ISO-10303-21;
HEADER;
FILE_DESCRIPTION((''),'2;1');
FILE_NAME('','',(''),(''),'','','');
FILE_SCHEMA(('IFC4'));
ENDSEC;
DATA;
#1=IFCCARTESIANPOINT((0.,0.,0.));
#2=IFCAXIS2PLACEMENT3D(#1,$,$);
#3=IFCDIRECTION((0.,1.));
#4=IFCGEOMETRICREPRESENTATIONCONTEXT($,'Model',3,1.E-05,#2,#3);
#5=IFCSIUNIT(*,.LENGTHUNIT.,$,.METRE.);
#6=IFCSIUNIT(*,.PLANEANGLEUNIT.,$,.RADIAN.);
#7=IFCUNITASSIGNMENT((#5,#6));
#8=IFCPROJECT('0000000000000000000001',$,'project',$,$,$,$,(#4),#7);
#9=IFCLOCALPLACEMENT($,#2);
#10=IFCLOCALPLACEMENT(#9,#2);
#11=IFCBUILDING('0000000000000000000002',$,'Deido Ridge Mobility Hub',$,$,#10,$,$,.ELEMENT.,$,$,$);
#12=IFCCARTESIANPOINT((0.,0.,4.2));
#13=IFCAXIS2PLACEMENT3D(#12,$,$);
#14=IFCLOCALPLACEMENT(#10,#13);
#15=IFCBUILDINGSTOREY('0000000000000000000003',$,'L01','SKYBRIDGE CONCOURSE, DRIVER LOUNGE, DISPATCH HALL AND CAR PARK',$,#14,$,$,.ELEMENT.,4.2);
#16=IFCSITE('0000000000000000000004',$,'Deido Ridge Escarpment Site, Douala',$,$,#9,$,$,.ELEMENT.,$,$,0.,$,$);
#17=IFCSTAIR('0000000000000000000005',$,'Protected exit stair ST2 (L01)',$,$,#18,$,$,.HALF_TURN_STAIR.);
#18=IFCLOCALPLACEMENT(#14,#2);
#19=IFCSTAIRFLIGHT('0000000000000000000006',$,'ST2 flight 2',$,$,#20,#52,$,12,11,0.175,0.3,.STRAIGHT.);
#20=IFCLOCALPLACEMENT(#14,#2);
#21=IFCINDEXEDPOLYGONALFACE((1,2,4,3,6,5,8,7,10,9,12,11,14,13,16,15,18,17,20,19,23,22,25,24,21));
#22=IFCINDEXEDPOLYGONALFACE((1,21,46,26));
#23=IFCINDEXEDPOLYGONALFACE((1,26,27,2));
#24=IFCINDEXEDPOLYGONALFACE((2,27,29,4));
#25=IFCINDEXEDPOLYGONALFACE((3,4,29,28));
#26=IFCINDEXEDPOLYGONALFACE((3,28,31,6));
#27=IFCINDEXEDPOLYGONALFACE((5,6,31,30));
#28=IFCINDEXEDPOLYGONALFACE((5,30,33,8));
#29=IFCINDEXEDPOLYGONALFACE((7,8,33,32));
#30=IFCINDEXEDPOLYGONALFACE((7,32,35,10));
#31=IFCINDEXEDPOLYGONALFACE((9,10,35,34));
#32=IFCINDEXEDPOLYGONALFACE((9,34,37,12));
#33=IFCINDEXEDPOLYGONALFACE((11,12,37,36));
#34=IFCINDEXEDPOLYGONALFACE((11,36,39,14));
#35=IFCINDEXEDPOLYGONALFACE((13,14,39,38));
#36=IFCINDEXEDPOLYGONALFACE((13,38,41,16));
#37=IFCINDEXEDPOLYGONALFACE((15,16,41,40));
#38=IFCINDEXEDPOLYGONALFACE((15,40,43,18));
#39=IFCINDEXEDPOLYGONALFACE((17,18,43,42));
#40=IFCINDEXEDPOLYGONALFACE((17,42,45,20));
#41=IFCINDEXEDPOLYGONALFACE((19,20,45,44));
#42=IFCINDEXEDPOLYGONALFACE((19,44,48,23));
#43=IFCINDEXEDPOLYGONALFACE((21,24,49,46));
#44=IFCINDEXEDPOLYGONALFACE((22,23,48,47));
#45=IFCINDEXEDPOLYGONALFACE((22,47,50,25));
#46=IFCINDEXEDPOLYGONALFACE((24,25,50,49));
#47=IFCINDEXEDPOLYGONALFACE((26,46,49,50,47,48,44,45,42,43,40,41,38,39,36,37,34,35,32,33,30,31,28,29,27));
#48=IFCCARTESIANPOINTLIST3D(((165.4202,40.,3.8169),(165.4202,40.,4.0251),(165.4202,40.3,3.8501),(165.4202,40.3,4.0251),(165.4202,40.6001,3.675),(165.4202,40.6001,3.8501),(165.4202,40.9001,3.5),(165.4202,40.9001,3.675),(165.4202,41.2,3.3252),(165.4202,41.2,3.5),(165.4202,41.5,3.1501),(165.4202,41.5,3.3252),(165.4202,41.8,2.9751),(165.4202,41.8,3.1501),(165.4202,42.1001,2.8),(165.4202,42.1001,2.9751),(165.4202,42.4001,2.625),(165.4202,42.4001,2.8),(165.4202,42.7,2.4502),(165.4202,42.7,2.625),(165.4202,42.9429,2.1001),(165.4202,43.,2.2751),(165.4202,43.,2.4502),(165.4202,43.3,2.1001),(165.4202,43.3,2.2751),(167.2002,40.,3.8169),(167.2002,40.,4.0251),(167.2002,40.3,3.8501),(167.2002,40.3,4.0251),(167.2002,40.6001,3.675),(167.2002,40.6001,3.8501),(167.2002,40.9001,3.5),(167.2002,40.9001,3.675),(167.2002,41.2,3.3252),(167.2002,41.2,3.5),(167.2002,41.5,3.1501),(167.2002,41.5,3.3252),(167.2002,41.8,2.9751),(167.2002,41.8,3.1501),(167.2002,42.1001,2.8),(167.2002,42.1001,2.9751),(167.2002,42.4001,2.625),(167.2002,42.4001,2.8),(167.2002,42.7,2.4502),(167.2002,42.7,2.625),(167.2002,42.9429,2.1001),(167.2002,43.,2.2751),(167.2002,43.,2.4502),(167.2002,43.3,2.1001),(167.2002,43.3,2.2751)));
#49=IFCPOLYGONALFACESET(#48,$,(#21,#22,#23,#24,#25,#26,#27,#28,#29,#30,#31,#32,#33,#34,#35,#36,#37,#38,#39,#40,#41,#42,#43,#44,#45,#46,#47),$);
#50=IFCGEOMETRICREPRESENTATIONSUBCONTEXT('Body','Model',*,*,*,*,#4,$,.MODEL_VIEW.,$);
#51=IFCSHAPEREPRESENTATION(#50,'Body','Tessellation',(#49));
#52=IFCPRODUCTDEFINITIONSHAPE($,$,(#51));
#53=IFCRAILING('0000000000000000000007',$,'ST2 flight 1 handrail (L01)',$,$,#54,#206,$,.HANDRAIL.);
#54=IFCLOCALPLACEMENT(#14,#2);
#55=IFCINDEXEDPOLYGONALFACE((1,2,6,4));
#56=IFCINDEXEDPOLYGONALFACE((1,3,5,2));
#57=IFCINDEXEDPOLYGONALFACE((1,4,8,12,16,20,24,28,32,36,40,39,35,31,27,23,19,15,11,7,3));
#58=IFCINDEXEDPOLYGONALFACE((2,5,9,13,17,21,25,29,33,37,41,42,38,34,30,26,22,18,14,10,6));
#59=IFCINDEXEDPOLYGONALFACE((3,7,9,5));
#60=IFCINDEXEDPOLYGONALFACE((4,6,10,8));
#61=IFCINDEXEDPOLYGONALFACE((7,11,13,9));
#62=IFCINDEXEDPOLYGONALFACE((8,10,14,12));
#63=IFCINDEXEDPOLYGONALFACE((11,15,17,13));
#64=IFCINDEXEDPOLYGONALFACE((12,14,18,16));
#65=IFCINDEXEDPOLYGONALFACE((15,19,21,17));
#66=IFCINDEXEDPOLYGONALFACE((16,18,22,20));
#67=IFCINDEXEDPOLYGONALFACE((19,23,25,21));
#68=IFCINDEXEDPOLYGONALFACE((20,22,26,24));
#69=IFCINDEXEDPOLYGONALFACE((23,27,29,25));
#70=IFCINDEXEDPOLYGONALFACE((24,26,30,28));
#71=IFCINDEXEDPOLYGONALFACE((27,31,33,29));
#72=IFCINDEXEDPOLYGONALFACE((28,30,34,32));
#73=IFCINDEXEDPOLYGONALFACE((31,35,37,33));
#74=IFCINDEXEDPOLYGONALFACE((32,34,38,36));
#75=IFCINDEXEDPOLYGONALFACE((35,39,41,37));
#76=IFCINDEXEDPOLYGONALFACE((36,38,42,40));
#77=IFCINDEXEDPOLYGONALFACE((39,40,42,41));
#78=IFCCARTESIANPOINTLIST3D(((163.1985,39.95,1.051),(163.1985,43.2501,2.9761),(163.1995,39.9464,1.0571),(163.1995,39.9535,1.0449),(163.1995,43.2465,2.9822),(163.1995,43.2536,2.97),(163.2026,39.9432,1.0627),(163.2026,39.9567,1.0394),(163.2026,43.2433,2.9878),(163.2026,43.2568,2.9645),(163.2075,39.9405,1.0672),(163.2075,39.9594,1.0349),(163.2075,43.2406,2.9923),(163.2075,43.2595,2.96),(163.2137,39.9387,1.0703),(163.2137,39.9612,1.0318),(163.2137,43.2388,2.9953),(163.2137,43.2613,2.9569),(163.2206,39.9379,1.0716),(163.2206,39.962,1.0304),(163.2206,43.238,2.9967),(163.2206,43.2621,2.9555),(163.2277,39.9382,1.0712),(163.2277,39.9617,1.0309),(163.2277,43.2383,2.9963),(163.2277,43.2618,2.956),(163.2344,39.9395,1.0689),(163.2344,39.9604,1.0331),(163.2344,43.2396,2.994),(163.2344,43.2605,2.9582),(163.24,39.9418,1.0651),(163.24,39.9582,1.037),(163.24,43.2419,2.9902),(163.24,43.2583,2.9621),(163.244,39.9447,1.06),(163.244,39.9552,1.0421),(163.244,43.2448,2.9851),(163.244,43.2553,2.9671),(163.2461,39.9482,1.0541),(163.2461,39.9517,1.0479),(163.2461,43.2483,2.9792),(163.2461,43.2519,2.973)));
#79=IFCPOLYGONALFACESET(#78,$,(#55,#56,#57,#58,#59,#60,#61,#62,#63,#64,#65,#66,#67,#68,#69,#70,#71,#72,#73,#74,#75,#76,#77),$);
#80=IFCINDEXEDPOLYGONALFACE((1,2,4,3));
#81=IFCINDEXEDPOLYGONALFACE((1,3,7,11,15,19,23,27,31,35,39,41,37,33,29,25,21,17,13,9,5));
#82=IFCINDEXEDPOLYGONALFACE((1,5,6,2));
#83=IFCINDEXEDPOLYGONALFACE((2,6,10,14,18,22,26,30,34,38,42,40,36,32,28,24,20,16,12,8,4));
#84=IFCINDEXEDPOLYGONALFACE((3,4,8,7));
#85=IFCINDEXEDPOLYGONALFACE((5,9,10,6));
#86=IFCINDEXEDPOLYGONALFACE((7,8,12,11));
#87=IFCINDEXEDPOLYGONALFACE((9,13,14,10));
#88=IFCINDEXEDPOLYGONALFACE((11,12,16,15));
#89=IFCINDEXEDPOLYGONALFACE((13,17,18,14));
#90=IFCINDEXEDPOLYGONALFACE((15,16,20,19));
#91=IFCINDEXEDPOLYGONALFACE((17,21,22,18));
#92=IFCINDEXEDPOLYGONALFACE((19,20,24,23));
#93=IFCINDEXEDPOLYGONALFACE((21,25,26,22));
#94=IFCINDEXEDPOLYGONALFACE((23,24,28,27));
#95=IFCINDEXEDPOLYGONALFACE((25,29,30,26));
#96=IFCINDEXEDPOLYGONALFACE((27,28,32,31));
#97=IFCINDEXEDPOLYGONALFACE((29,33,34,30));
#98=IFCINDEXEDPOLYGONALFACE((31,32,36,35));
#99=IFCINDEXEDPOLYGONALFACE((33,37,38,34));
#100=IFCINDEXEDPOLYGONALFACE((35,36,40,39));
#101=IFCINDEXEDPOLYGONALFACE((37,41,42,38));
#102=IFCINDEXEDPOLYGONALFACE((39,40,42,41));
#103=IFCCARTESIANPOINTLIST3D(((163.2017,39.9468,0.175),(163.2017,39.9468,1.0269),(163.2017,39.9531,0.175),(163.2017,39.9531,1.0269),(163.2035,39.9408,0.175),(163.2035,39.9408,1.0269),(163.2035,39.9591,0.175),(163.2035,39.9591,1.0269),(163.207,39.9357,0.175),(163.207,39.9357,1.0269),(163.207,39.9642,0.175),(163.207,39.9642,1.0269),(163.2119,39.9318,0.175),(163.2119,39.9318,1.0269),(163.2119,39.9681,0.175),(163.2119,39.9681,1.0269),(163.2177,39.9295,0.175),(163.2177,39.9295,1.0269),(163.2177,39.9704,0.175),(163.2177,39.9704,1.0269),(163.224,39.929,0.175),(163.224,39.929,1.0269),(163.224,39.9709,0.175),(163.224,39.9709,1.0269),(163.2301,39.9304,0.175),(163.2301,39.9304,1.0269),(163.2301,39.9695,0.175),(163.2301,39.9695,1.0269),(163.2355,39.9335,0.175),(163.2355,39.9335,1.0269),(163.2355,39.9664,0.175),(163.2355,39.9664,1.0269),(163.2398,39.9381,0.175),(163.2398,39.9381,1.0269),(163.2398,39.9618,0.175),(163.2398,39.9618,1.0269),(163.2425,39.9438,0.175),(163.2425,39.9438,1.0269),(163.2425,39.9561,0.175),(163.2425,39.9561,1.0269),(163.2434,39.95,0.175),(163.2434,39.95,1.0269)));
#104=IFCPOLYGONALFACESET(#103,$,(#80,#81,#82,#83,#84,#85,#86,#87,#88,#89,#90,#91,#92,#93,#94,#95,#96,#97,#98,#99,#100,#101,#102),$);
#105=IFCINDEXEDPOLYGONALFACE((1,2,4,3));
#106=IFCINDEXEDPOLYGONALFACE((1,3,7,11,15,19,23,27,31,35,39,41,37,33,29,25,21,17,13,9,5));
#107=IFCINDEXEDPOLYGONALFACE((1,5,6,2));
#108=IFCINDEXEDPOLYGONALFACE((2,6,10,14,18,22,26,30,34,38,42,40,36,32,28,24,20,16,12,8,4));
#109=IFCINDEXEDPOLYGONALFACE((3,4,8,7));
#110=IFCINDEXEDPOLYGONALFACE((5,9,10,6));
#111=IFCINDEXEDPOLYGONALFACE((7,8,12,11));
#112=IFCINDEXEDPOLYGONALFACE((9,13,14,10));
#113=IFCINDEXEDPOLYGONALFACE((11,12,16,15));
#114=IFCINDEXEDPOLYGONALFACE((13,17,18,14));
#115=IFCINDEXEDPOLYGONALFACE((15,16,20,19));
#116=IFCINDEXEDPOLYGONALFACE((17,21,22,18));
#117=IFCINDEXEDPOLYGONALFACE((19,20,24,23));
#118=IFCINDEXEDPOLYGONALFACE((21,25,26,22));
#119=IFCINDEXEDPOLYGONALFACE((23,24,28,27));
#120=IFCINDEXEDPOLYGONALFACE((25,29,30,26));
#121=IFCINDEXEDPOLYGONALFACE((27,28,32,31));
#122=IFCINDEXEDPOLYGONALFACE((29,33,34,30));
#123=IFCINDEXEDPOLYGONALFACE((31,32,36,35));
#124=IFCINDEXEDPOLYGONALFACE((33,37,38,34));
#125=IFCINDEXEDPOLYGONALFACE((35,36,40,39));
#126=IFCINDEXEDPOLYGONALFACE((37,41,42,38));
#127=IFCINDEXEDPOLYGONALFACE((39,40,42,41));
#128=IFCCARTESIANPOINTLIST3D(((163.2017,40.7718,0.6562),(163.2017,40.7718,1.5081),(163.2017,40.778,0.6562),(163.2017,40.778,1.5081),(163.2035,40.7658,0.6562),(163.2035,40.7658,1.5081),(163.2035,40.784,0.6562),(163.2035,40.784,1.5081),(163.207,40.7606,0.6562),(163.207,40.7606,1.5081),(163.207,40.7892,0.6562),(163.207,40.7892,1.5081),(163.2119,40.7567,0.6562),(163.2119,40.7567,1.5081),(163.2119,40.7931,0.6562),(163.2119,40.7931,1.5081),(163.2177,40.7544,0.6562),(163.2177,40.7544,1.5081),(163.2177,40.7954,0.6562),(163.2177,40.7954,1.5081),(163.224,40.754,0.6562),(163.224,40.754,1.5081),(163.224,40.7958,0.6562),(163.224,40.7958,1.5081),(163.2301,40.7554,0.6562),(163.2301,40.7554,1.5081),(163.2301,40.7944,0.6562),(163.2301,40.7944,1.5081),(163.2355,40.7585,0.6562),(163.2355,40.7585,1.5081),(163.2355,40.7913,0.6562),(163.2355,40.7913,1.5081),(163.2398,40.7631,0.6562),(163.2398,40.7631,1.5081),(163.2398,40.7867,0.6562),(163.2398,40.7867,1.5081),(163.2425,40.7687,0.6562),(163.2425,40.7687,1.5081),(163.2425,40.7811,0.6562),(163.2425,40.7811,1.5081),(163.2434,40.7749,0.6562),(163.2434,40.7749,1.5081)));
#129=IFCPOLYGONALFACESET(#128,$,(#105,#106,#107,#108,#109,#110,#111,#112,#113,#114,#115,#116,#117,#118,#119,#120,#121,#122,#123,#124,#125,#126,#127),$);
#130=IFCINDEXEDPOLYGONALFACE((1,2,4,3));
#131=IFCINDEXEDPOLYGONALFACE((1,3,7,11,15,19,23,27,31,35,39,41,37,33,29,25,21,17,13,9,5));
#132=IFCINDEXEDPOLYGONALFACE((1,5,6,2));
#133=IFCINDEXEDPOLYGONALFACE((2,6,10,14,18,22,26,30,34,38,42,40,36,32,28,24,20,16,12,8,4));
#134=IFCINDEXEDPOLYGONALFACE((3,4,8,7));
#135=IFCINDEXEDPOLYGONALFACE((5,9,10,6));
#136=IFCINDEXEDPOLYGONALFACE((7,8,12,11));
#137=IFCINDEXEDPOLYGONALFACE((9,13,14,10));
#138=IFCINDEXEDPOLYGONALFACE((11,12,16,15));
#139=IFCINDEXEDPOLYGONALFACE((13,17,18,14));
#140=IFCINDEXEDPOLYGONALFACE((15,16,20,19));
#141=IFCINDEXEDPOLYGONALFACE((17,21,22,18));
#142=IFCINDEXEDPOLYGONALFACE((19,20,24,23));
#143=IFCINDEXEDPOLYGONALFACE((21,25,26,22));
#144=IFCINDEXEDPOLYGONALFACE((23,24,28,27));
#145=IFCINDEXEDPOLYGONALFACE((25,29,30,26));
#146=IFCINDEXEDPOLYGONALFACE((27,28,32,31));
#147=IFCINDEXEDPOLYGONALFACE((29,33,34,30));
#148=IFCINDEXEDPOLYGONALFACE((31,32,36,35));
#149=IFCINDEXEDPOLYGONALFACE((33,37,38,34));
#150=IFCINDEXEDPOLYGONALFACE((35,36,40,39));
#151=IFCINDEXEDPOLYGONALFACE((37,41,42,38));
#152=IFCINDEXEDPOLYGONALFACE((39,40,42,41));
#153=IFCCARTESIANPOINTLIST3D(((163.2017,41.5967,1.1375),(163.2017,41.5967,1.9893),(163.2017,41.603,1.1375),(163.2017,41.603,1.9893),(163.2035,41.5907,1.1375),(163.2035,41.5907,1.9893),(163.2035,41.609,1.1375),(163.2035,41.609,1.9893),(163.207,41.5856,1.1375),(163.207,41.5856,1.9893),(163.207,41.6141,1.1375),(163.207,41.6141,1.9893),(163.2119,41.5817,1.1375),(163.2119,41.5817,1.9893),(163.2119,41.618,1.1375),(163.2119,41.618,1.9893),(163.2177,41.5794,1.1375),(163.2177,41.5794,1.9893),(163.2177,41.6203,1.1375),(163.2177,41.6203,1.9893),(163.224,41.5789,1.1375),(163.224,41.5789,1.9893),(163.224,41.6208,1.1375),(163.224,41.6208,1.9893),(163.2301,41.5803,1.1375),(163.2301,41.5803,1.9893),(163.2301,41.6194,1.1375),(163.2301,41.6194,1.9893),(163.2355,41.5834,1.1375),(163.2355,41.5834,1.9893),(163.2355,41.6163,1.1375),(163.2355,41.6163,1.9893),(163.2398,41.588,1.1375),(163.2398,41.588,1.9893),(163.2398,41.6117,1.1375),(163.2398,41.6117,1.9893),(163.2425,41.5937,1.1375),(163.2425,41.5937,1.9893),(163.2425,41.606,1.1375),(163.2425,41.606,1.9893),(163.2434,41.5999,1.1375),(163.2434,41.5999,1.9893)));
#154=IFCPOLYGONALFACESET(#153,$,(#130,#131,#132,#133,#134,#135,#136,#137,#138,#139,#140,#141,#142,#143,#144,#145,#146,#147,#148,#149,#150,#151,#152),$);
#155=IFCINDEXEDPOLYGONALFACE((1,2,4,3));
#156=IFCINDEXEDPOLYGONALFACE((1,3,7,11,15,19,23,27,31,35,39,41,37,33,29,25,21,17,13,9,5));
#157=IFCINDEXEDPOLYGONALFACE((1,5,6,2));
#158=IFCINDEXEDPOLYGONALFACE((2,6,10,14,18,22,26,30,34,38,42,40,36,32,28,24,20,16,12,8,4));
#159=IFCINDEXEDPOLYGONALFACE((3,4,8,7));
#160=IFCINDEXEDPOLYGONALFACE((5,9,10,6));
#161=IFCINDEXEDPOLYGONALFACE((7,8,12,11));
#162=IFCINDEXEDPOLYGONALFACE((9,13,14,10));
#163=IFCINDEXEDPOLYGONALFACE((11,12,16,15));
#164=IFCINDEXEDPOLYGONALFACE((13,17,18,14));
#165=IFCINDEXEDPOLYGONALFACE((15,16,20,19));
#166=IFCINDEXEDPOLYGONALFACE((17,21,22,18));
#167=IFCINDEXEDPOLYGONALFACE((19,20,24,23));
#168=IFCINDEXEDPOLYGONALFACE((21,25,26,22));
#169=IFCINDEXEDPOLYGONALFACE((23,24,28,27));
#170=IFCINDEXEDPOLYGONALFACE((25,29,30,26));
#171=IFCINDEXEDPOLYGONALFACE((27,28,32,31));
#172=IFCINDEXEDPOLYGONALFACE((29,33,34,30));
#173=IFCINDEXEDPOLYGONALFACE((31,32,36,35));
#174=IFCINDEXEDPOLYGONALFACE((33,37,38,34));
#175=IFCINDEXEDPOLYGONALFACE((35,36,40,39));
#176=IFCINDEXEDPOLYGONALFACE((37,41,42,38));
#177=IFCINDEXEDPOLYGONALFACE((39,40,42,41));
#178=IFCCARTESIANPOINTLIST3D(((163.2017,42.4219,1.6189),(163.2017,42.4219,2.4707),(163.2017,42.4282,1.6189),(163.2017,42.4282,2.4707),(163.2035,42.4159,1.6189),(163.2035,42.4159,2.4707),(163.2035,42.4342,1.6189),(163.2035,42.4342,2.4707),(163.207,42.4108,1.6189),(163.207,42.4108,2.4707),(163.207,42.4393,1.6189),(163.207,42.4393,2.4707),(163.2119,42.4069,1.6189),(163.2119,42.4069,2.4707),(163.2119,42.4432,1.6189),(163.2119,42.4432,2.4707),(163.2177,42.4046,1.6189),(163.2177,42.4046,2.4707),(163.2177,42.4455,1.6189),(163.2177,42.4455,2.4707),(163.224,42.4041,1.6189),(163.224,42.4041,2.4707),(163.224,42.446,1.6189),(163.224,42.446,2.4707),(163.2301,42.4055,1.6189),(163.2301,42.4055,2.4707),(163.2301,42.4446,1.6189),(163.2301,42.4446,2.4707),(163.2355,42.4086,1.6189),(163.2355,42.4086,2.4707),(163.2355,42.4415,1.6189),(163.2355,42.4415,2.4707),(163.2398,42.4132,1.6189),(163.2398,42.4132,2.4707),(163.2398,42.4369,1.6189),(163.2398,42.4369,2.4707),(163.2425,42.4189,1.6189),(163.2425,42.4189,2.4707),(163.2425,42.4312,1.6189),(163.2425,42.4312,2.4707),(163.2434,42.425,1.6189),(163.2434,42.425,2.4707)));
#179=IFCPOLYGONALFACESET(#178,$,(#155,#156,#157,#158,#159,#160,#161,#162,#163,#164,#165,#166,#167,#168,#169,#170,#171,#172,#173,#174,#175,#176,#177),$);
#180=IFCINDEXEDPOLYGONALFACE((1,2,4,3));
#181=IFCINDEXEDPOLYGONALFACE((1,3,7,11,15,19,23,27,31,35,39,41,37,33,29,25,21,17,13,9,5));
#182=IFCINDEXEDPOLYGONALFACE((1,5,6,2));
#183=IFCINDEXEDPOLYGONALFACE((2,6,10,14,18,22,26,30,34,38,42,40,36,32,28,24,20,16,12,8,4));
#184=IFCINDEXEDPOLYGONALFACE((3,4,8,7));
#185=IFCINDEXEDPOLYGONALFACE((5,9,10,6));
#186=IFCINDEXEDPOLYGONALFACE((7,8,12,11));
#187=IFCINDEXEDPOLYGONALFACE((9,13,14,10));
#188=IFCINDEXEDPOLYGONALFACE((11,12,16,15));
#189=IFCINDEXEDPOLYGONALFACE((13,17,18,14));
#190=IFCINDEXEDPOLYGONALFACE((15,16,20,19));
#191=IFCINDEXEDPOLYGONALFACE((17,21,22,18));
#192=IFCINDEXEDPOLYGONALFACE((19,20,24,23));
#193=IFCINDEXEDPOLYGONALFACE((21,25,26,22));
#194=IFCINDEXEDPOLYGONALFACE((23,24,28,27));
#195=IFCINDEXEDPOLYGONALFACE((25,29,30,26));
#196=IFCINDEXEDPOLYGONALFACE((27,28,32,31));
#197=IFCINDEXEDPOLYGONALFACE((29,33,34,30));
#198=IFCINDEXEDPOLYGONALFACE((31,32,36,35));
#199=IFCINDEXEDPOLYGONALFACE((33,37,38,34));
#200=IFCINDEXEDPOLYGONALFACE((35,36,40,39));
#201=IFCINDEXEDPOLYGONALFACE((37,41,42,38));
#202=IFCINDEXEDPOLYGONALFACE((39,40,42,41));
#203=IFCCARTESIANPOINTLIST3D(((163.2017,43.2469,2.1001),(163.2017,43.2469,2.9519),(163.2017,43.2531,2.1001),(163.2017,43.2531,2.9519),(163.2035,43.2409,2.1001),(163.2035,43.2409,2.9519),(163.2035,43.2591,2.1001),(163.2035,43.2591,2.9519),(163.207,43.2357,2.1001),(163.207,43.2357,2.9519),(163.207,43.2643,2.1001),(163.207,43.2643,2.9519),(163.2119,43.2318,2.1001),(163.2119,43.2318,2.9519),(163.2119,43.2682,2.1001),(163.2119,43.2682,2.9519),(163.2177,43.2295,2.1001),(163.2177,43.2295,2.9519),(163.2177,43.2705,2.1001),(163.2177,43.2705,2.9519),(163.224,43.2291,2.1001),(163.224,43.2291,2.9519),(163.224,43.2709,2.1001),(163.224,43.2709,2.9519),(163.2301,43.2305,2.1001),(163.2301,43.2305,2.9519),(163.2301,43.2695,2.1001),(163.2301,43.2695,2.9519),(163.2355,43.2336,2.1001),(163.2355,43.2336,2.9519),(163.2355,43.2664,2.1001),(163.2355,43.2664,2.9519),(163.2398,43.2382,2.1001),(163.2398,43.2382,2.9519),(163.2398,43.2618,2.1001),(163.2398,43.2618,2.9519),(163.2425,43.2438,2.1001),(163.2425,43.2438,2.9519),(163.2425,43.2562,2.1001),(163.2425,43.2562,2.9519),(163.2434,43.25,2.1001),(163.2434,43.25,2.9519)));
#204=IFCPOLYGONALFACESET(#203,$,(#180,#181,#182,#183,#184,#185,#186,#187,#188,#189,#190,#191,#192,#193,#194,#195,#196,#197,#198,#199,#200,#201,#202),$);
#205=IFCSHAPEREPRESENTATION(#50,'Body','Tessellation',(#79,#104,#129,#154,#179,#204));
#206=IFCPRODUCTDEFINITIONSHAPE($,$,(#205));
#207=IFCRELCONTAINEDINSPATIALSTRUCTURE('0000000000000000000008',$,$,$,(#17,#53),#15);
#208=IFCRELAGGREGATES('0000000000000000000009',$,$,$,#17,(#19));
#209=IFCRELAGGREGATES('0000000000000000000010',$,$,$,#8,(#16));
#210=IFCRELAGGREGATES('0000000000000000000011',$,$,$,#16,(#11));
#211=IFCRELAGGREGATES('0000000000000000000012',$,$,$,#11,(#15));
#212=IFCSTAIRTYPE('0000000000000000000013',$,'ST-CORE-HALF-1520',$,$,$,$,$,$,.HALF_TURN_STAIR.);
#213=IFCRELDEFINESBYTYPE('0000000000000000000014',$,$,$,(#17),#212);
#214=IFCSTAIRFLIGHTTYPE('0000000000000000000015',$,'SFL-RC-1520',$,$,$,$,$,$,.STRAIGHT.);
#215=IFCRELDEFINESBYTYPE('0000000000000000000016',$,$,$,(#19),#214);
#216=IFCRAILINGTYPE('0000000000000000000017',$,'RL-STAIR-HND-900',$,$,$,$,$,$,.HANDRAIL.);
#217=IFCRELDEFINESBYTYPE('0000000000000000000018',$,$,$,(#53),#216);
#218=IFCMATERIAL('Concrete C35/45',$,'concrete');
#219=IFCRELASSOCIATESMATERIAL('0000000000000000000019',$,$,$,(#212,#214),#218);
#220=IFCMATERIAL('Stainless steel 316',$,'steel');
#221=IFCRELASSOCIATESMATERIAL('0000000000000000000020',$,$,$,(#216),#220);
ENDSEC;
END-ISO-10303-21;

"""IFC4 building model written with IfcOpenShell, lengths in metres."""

from ifc_helpers import new_model, si_unit, direction, frame, origin, origin_2d, place, context, subcontext, project, spatial, polyline, circle, outline, extrude, material, type_object, element, aggregate, save


model = new_model("IFC4")

# Units and contexts
model_context = context("Model", 3, precision=1e-05, world=origin(), true_north=direction((0.0, 1.0)))
body_context = subcontext(model_context, "Body", "Model", "MODEL_VIEW")
ifc_project = project(units=[si_unit("LENGTHUNIT", "METRE"), si_unit("PLANEANGLEUNIT", "RADIAN")], contexts=[model_context])

# Site, building, storey
site_placement = place(None, origin())
site = spatial("IfcSite", under=ifc_project, at=site_placement, Name="Deido Ridge Escarpment Site, Douala", CompositionType="ELEMENT", RefElevation=0.0)
building_placement = place(site_placement, origin())
building = spatial("IfcBuilding", under=site, at=building_placement, Name="Deido Ridge Mobility Hub", CompositionType="ELEMENT")
storey_placement = place(building_placement, frame((0.0, 0.0, 4.2)))
storey = spatial("IfcBuildingStorey", under=building, at=storey_placement, Name="L01", Description="SKYBRIDGE CONCOURSE, DRIVER LOUNGE, DISPATCH HALL AND CAR PARK", CompositionType="ELEMENT", Elevation=4.2)

# Shared definitions
ifc_material_1 = material(Name="Stainless steel 316", Category="steel")

# Stair, stair flight
ifc_material_2 = material(Name="Concrete C35/45", Category="concrete")
stair_type = type_object("IfcStairType", Name="ST-CORE-HALF-1520", PredefinedType="HALF_TURN_STAIR", material=ifc_material_2)
stair_placement = place(storey_placement, origin())
stair = element("IfcStair", 1, at=stair_placement, inside=storey, type_object=stair_type, Name="Protected exit stair ST2 (L01)", PredefinedType="HALF_TURN_STAIR")
stair_flight_type = type_object("IfcStairFlightType", Name="SFL-RC-1520", PredefinedType="STRAIGHT", material=ifc_material_2)
stair_flight_1_placement = place(storey_placement, frame((166.3101, 43.3, 2.1001), z_axis=(0.0, 0.0, 1.0), x_axis=(0.0, -1.0, 0.0)))
stair_flight_1 = element("IfcStairFlight", 2, at=stair_flight_1_placement, type_object=stair_flight_type, Name="ST2 flight 2", NumberOfRisers=12, NumberOfTreads=11, PredefinedType="STRAIGHT", RiserHeight=0.175, TreadLength=0.3, context=body_context, shape_type="SweptSolid", body=[
    extrude(outline(polyline([(0.0, 0.0), (0.0, 0.175), (0.3, 0.175), (0.3, 0.3501), (0.6001, 0.3501), (0.6001, 0.5249), (0.8999, 0.5249), (0.8999, 0.7), (1.2, 0.7), (1.2, 0.875), (1.5, 0.875), (1.5, 1.05), (1.8, 1.05), (1.8, 1.2251), (2.1001, 1.2251), (2.1001, 1.3999), (2.3999, 1.3999), (2.3999, 1.575), (2.7, 1.575), (2.7, 1.75), (3.0, 1.75), (3.0, 1.925), (3.3, 1.925), (3.3, 2.1001), (3.3, 1.7168), (0.3572, 0.0), (0.0, 0.0)])), frame((0.0, 0.8901, 0.0), z_axis=(0.0, -1.0, 0.0), x_axis=(1.0, 0.0, 0.0)), (0.0, 0.0, 1.0), 1.78),
])
aggregate(stair, [stair_flight_1])

# Railing
railing_type_1 = type_object("IfcRailingType", Name="RL-STAIR-HND-900", PredefinedType="HANDRAIL", material=ifc_material_1)
railing_1_placement = place(storey_placement, frame((163.2224, 39.95, 0.175)))
element("IfcRailing", 3, at=railing_1_placement, inside=storey, type_object=railing_type_1, Name="ST2 flight 1 handrail (L01)", PredefinedType="HANDRAIL", context=body_context, shape_type="SweptSolid", body=[
    extrude(circle(Radius=0.0239, at=origin_2d()), frame((0.0, 0.0, 0.876), z_axis=(0.0, 0.863777, 0.503875), x_axis=(-1.0, 0.0, 0.0)), (0.0, 0.0, 1.0), 3.8206),
    extrude(circle(Radius=0.021, at=origin_2d()), origin(), (0.0, 0.0, 1.0), 0.8518),
    extrude(circle(Radius=0.021, at=origin_2d()), frame((0.0, 0.825, 0.4812)), (0.0, 0.0, 1.0), 0.8518),
    extrude(circle(Radius=0.021, at=origin_2d()), frame((0.0, 1.6499, 0.9624)), (0.0, 0.0, 1.0), 0.8518),
    extrude(circle(Radius=0.021, at=origin_2d()), frame((0.0, 2.4751, 1.4438)), (0.0, 0.0, 1.0), 0.8518),
    extrude(circle(Radius=0.021, at=origin_2d()), frame((0.0, 3.3, 1.925)), (0.0, 0.0, 1.0), 0.8518),
])

save(model, "model.ifc")
